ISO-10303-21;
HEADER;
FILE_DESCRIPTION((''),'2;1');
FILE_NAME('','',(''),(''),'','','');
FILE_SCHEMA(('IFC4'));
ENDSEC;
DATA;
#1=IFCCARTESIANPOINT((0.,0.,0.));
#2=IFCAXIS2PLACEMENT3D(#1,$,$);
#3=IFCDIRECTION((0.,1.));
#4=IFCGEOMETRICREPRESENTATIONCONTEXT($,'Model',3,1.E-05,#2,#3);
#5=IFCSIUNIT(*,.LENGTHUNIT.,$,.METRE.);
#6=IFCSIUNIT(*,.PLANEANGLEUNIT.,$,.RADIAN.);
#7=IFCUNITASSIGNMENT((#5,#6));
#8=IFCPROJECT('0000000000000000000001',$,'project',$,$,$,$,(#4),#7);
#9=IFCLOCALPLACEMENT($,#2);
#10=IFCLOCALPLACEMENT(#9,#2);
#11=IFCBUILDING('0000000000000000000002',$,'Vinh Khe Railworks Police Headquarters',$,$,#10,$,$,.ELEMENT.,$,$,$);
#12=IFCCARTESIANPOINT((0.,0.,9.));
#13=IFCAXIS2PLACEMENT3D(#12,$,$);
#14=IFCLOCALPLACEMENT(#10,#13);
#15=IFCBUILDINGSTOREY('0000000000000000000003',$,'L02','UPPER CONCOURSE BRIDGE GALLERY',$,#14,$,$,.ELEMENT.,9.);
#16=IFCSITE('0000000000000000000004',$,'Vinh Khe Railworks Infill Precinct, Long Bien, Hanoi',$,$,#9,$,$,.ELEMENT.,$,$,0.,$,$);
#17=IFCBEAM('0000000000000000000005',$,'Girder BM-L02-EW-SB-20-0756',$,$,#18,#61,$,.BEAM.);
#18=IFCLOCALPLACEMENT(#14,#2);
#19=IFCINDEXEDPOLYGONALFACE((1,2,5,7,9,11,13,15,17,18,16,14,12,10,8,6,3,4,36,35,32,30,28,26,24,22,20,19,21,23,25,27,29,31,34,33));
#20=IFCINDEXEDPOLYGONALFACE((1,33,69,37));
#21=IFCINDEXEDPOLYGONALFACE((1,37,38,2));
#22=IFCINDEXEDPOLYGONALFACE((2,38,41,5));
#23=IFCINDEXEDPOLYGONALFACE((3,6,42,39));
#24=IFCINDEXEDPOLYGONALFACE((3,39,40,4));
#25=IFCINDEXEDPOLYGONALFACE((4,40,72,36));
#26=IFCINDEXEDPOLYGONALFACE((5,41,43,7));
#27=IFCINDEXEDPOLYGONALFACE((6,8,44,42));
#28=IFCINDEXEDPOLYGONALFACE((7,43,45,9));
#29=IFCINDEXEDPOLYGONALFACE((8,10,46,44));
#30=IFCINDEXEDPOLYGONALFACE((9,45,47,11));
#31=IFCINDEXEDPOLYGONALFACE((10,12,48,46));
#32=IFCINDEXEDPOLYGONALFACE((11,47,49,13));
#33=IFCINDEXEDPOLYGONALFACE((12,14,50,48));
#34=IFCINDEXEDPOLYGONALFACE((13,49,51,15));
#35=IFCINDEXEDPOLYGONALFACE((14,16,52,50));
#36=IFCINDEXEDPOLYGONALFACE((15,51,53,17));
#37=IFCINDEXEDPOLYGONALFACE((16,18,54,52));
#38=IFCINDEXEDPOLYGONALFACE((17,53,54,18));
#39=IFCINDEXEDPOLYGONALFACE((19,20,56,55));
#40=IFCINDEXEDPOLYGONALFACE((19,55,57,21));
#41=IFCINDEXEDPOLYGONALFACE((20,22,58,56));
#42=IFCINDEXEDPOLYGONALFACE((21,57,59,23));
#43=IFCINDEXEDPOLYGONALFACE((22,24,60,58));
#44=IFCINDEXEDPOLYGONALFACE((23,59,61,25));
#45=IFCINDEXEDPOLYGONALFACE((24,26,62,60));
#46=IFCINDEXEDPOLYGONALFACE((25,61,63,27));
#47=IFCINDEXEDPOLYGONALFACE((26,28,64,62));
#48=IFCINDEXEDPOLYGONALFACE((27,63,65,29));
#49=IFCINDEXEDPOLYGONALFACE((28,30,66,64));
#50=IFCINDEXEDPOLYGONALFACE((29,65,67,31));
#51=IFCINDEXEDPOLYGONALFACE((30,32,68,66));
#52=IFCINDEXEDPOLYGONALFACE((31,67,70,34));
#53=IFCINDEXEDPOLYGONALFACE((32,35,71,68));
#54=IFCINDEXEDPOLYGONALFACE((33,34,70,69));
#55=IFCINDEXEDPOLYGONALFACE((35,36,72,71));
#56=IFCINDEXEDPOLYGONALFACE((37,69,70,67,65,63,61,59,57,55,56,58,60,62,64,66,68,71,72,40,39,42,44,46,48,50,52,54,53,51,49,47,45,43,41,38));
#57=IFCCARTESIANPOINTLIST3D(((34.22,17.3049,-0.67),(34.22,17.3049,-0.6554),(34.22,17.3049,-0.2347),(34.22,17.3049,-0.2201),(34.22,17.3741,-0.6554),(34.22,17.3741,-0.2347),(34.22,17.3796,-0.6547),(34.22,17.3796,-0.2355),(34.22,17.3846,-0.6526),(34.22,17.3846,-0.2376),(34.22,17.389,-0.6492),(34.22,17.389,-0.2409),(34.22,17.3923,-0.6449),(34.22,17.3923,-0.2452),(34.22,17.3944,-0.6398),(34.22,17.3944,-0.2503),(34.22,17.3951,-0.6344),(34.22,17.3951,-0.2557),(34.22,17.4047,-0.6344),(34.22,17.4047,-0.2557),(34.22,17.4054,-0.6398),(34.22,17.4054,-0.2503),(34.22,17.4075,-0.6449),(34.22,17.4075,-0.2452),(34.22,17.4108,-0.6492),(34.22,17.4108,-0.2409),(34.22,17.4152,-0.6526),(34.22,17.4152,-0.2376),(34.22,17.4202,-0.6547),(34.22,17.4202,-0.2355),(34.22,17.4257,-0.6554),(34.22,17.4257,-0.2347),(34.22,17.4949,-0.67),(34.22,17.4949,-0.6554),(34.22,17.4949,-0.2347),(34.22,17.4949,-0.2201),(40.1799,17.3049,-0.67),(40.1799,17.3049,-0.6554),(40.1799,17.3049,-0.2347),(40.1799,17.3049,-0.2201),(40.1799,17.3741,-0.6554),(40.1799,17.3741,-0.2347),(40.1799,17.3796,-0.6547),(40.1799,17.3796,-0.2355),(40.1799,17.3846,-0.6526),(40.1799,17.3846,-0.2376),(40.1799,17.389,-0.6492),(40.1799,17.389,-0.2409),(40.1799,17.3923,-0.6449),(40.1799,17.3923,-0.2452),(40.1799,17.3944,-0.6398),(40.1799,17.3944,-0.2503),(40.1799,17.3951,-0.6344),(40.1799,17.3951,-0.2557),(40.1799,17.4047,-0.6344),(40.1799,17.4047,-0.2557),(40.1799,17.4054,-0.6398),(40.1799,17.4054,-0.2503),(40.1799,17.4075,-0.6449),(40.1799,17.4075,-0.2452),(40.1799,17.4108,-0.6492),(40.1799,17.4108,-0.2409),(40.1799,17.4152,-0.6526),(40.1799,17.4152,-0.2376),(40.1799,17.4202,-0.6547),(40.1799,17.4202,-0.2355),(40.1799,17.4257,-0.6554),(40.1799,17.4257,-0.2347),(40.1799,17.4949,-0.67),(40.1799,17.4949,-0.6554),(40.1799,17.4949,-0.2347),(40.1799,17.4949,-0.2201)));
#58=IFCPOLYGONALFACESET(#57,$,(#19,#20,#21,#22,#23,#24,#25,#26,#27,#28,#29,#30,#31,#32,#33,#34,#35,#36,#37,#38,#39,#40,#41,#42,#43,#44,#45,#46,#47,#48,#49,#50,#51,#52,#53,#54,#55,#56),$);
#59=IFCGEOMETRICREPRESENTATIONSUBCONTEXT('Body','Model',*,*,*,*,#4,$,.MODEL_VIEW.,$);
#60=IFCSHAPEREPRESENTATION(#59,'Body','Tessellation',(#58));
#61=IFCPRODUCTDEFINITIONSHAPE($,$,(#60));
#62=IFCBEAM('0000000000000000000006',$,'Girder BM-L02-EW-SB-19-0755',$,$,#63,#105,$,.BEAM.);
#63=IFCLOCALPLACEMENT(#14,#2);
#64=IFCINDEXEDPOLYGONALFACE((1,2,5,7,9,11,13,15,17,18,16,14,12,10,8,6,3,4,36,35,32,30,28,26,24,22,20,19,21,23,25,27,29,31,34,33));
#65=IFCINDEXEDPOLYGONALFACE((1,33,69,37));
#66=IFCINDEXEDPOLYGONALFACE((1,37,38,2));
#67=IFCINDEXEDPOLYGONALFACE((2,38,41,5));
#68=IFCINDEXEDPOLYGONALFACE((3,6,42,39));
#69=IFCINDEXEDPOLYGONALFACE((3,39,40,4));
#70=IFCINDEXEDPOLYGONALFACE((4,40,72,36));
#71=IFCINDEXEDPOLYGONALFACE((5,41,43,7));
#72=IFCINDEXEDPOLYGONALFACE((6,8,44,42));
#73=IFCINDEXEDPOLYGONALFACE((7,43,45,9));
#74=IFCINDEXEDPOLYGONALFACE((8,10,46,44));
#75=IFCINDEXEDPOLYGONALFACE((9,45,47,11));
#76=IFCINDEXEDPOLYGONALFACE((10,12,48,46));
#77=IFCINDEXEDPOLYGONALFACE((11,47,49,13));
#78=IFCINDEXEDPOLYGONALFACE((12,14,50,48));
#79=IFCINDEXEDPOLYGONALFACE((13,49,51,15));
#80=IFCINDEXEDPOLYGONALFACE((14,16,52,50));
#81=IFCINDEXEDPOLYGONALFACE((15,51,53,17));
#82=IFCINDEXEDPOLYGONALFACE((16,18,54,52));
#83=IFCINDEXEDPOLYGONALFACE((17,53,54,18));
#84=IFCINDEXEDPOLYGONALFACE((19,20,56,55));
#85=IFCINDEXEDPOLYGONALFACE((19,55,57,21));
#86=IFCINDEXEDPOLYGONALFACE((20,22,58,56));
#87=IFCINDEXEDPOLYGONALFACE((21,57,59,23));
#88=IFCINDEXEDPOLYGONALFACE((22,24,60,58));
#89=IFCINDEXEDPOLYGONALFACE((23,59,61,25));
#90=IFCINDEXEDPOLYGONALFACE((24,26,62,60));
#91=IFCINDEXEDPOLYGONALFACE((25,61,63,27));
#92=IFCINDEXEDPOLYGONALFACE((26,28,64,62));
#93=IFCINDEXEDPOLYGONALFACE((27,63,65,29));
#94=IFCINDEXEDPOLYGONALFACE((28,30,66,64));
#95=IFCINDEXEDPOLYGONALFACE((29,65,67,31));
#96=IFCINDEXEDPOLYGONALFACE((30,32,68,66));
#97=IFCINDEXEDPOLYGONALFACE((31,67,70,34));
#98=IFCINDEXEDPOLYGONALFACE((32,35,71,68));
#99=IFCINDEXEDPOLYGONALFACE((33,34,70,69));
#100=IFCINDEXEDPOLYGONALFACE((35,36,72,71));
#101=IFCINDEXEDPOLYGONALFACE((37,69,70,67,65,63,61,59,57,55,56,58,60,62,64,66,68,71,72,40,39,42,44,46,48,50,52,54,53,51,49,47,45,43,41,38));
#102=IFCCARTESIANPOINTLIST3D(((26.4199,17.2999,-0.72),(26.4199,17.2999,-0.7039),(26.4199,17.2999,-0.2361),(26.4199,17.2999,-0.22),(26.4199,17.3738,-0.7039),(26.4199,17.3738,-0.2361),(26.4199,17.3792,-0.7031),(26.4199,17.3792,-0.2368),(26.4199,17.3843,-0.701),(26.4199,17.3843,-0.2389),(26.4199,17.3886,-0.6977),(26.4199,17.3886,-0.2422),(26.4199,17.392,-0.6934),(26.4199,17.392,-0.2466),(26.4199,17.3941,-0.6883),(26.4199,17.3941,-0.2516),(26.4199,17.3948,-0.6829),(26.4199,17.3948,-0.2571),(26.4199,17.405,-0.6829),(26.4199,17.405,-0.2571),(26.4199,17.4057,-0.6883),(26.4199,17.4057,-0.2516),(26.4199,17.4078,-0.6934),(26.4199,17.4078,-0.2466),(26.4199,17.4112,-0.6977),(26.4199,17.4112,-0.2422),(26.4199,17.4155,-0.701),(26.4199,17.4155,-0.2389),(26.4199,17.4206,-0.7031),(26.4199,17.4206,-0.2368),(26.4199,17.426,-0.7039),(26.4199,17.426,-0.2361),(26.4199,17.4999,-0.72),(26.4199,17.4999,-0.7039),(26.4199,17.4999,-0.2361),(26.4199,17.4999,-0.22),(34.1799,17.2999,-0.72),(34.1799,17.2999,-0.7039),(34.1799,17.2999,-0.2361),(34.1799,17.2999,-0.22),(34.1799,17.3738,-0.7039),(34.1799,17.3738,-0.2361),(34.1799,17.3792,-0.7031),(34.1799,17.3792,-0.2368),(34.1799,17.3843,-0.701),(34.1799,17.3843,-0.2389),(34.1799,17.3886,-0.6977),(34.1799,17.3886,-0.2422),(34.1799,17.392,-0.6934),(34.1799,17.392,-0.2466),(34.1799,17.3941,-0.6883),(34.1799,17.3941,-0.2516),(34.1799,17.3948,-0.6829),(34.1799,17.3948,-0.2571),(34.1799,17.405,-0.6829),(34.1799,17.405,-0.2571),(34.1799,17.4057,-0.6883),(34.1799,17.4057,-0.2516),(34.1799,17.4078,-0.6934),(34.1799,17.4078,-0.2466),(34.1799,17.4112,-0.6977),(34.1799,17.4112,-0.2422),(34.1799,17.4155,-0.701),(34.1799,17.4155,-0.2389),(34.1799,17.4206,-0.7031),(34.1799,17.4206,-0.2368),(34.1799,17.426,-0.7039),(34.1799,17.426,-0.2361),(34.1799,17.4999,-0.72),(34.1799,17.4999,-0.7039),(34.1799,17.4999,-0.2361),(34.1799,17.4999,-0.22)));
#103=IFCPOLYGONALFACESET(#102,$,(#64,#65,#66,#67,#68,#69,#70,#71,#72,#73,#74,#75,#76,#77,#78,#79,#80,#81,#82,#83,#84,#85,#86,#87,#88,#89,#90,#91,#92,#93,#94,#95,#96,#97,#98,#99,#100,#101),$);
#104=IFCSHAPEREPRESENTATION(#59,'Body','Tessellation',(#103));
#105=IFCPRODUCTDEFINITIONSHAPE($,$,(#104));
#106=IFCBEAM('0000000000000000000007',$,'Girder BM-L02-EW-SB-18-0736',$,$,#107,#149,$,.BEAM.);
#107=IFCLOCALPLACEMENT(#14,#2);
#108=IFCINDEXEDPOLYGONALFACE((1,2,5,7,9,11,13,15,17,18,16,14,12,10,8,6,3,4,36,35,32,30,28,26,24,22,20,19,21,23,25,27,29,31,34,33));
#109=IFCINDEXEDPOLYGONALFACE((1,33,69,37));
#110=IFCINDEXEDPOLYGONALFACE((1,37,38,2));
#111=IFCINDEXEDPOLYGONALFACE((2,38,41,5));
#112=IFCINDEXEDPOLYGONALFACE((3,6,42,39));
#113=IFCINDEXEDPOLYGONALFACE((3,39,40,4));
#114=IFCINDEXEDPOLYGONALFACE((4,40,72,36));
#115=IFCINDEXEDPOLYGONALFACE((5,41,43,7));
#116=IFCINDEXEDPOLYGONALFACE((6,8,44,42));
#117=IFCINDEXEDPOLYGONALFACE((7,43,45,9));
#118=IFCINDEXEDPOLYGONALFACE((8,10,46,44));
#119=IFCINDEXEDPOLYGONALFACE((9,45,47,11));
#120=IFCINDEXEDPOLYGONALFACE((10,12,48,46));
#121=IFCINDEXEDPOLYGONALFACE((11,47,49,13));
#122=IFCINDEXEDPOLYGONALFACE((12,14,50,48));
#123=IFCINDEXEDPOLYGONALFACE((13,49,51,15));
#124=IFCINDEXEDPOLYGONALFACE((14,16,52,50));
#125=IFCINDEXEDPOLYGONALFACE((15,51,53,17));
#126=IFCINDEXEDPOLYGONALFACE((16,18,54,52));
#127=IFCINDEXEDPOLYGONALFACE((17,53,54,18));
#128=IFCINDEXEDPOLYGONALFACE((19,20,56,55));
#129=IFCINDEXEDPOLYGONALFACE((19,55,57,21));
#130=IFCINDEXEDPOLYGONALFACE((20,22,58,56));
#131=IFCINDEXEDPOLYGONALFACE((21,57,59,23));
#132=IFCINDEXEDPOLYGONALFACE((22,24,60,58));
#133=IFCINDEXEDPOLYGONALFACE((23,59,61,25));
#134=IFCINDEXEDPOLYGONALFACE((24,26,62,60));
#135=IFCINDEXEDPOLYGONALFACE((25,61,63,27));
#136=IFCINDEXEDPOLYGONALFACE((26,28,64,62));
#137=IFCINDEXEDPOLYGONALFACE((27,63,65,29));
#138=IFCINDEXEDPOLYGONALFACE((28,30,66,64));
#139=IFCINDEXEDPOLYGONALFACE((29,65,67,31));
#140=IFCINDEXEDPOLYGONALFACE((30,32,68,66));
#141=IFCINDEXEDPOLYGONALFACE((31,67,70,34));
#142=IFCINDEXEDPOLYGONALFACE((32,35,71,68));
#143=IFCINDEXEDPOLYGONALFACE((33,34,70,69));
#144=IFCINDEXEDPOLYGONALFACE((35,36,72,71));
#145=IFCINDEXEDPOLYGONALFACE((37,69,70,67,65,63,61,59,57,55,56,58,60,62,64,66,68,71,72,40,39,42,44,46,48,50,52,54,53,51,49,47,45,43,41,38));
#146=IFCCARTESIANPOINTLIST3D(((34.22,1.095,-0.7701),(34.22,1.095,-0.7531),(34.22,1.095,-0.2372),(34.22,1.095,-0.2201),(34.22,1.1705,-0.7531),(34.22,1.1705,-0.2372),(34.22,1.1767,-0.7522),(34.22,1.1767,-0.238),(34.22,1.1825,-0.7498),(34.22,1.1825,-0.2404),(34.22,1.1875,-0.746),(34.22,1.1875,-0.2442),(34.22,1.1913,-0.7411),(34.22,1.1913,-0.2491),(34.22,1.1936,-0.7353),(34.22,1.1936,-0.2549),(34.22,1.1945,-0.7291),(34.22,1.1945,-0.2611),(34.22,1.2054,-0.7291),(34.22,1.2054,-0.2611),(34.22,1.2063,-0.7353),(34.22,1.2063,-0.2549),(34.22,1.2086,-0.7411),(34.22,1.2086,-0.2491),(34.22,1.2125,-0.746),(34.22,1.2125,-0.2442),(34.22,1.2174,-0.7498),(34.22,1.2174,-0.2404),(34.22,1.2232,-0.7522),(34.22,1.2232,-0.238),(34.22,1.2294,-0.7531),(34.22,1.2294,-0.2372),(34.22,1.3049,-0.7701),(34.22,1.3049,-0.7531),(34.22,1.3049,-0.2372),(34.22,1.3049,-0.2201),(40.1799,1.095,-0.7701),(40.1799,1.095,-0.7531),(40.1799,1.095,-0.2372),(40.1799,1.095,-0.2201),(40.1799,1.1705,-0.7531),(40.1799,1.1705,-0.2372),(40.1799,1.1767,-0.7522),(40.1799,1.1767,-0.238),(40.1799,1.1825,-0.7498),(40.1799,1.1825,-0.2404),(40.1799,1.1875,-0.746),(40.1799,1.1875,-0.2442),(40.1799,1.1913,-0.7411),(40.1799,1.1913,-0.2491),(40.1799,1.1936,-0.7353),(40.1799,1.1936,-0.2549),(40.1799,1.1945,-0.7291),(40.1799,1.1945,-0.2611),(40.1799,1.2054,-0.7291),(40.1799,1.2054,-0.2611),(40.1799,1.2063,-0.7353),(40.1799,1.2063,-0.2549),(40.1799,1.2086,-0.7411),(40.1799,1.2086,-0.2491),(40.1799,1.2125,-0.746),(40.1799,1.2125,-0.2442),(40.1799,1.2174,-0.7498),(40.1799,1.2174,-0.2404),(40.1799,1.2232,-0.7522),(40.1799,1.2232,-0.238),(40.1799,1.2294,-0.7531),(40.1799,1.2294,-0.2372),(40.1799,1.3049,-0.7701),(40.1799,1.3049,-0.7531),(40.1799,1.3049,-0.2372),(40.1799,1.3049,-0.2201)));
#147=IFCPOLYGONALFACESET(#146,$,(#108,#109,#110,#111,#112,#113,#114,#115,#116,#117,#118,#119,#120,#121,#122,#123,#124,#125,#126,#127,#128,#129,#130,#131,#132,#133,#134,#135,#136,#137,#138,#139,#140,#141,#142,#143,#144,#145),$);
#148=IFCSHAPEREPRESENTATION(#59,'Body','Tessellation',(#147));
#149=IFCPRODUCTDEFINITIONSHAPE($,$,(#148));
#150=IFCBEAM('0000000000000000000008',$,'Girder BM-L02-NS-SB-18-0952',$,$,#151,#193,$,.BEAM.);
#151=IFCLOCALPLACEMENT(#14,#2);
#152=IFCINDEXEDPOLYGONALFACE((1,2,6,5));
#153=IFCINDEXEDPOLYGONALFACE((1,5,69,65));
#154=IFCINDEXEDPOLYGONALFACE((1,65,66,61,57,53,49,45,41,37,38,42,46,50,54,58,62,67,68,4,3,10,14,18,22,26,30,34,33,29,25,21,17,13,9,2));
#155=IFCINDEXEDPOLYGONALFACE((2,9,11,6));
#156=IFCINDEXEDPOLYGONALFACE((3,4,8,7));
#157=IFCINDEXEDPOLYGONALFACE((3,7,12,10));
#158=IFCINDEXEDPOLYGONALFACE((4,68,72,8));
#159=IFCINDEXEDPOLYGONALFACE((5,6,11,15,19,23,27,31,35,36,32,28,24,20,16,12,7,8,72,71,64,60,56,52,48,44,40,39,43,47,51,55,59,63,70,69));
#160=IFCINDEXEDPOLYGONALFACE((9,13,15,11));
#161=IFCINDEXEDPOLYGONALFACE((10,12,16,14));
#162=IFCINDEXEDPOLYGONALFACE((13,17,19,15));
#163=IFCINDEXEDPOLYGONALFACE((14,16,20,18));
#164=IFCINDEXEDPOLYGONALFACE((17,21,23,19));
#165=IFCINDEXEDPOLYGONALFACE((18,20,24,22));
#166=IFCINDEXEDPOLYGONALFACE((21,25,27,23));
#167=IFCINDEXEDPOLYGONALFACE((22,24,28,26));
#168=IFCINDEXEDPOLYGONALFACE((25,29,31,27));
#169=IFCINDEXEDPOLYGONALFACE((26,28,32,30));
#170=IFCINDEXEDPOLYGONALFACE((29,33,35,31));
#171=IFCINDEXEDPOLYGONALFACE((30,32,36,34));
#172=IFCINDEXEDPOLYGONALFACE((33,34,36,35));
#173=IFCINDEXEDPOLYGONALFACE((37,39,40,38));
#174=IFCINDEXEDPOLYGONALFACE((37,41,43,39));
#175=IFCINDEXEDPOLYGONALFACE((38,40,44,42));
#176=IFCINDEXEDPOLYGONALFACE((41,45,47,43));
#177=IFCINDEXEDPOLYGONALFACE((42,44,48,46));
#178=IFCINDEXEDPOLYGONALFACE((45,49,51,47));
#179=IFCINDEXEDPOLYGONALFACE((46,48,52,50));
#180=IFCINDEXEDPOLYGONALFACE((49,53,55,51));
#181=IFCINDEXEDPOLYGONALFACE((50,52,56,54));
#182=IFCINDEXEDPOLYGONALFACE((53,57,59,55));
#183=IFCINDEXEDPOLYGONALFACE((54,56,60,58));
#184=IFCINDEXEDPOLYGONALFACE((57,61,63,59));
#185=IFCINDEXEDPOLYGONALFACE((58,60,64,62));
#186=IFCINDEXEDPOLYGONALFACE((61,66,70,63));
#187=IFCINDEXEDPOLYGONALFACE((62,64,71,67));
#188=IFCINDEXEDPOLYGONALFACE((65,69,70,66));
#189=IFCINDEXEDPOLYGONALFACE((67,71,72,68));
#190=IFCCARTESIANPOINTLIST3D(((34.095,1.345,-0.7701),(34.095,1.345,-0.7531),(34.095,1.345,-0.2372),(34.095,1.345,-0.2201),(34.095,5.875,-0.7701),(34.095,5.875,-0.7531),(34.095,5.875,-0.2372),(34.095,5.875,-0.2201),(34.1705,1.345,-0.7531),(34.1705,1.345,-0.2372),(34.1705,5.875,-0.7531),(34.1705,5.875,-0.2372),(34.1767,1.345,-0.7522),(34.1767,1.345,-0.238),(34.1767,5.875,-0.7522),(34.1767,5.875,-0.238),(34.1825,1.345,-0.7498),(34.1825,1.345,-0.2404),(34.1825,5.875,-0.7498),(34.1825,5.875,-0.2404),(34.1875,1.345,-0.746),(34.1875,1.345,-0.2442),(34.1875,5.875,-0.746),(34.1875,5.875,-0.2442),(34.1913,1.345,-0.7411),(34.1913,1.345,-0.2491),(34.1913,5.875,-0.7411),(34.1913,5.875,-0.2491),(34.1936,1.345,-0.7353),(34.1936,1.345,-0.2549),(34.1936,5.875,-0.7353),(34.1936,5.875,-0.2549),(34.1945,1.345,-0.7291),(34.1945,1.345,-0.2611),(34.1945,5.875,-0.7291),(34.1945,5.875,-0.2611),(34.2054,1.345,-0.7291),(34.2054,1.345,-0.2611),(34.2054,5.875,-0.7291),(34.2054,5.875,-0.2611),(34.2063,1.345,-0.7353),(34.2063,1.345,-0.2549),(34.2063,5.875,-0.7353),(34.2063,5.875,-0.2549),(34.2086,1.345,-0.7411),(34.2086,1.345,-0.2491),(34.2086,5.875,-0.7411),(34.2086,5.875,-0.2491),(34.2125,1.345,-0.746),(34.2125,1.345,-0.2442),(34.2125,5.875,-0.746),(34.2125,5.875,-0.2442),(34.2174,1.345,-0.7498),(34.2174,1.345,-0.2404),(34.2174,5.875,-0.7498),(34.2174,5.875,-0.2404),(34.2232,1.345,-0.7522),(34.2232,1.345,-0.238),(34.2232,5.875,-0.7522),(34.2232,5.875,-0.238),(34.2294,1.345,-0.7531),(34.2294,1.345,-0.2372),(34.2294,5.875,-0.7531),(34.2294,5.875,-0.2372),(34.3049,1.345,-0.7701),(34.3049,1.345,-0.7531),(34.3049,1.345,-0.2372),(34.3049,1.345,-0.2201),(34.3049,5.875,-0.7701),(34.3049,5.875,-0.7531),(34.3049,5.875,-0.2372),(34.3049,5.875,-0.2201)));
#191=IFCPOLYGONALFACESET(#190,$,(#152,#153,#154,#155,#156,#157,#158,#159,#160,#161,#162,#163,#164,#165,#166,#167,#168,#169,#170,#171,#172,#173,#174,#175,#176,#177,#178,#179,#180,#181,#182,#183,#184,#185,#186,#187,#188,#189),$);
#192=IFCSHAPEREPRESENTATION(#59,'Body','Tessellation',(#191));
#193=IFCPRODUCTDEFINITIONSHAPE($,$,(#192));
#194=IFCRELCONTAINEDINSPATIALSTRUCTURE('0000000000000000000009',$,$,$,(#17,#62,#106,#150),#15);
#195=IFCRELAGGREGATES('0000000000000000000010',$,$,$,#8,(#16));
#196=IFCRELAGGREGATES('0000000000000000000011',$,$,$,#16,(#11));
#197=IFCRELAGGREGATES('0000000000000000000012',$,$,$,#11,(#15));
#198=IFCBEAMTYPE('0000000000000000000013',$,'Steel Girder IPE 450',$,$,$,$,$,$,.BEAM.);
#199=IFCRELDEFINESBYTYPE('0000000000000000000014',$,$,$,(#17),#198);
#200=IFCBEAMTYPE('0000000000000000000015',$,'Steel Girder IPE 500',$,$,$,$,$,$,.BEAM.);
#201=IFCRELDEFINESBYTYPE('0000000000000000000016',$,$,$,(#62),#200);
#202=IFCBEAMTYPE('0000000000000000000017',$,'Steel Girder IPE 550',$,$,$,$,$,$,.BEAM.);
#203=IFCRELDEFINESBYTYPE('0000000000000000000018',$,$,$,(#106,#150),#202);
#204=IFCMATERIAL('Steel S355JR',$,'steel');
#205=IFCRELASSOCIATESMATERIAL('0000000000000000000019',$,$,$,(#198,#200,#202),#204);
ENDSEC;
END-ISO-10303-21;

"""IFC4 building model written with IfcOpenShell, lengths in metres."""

from ifc_helpers import new_model, si_unit, direction, frame, origin, origin_2d, place, context, subcontext, project, spatial, i_section, extrude, material, material_profile, profile_set, type_object, element, save


model = new_model("IFC4")

# Units and contexts
model_context = context("Model", 3, precision=1e-05, world=origin(), true_north=direction((0.0, 1.0)))
body_context = subcontext(model_context, "Body", "Model", "MODEL_VIEW")
ifc_project = project(units=[si_unit("LENGTHUNIT", "METRE"), si_unit("PLANEANGLEUNIT", "RADIAN")], contexts=[model_context])

# Site, building, storey
site_placement = place(None, origin())
site = spatial("IfcSite", under=ifc_project, at=site_placement, Name="Vinh Khe Railworks Infill Precinct, Long Bien, Hanoi", CompositionType="ELEMENT", RefElevation=0.0)
building_placement = place(site_placement, origin())
building = spatial("IfcBuilding", under=site, at=building_placement, Name="Vinh Khe Railworks Police Headquarters", CompositionType="ELEMENT")
storey_placement = place(building_placement, frame((0.0, 0.0, 9.0)))
storey = spatial("IfcBuildingStorey", under=building, at=storey_placement, Name="L02", Description="UPPER CONCOURSE BRIDGE GALLERY", CompositionType="ELEMENT", Elevation=9.0)

# Shared definitions
ifc_material_1 = material(Name="Steel S355JR", Category="steel")

# Beams
ifc_material_profile_1 = material_profile(ifc_material_1, i_section(OverallWidth=0.1899, OverallDepth=0.45, WebThickness=0.0095, FlangeThickness=0.0146, FilletRadius=0.021, at=origin_2d()), Name="IPE 450")
ifc_profile_set_1 = profile_set([ifc_material_profile_1], Name="Steel S355JR")
beam_type_1 = type_object("IfcBeamType", Name="Steel Girder IPE 450", PredefinedType="BEAM", material=ifc_profile_set_1)
beam_1_placement = place(storey_placement, frame((34.22, 17.3999, -0.4451), z_axis=(1.0, 0.0, 0.0), x_axis=(0.0, 1.0, 0.0)))
element("IfcBeam", 1, at=beam_1_placement, inside=storey, type_object=beam_type_1, Name="Girder BM-L02-EW-SB-20-0756", PredefinedType="BEAM", context=body_context, shape_type="SweptSolid", body=[
    extrude(i_section(OverallWidth=0.1899, OverallDepth=0.45, WebThickness=0.0095, FlangeThickness=0.0146, FilletRadius=0.021, at=origin_2d()), origin(), (0.0, 0.0, 1.0), 5.96),
])
ifc_material_profile_2 = material_profile(ifc_material_1, i_section(OverallWidth=0.2, OverallDepth=0.5, WebThickness=0.0103, FlangeThickness=0.0161, FilletRadius=0.021, at=origin_2d()), Name="IPE 500")
ifc_profile_set_2 = profile_set([ifc_material_profile_2], Name="Steel S355JR")
beam_type_2 = type_object("IfcBeamType", Name="Steel Girder IPE 500", PredefinedType="BEAM", material=ifc_profile_set_2)
beam_2_placement = place(storey_placement, frame((26.4199, 17.3999, -0.47), z_axis=(1.0, 0.0, 0.0), x_axis=(0.0, 1.0, 0.0)))
element("IfcBeam", 2, at=beam_2_placement, inside=storey, type_object=beam_type_2, Name="Girder BM-L02-EW-SB-19-0755", PredefinedType="BEAM", context=body_context, shape_type="SweptSolid", body=[
    extrude(i_section(OverallWidth=0.2, OverallDepth=0.5, WebThickness=0.0103, FlangeThickness=0.0161, FilletRadius=0.021, at=origin_2d()), origin(), (0.0, 0.0, 1.0), 7.76),
])
ifc_material_profile_3 = material_profile(ifc_material_1, i_section(OverallWidth=0.21, OverallDepth=0.55, WebThickness=0.011, FlangeThickness=0.0171, FilletRadius=0.0239, at=origin_2d()), Name="IPE 550")
ifc_profile_set_3 = profile_set([ifc_material_profile_3], Name="Steel S355JR")
beam_type_3 = type_object("IfcBeamType", Name="Steel Girder IPE 550", PredefinedType="BEAM", material=ifc_profile_set_3)
beam_3_placement = place(storey_placement, frame((34.22, 1.2, -0.4951), z_axis=(1.0, 0.0, 0.0), x_axis=(0.0, 1.0, 0.0)))
element("IfcBeam", 3, at=beam_3_placement, inside=storey, type_object=beam_type_3, Name="Girder BM-L02-EW-SB-18-0736", PredefinedType="BEAM", context=body_context, shape_type="SweptSolid", body=[
    extrude(i_section(OverallWidth=0.21, OverallDepth=0.55, WebThickness=0.011, FlangeThickness=0.0171, FilletRadius=0.0239, at=origin_2d()), origin(), (0.0, 0.0, 1.0), 5.96),
])
beam_4_placement = place(storey_placement, frame((34.2, 1.345, -0.4951), z_axis=(0.0, 1.0, 0.0), x_axis=(-1.0, 0.0, 0.0)))
element("IfcBeam", 4, at=beam_4_placement, inside=storey, type_object=beam_type_3, Name="Girder BM-L02-NS-SB-18-0952", PredefinedType="BEAM", context=body_context, shape_type="SweptSolid", body=[
    extrude(i_section(OverallWidth=0.21, OverallDepth=0.55, WebThickness=0.011, FlangeThickness=0.0171, FilletRadius=0.0239, at=origin_2d()), origin(), (0.0, 0.0, 1.0), 4.53),
])

save(model, "model.ifc")
